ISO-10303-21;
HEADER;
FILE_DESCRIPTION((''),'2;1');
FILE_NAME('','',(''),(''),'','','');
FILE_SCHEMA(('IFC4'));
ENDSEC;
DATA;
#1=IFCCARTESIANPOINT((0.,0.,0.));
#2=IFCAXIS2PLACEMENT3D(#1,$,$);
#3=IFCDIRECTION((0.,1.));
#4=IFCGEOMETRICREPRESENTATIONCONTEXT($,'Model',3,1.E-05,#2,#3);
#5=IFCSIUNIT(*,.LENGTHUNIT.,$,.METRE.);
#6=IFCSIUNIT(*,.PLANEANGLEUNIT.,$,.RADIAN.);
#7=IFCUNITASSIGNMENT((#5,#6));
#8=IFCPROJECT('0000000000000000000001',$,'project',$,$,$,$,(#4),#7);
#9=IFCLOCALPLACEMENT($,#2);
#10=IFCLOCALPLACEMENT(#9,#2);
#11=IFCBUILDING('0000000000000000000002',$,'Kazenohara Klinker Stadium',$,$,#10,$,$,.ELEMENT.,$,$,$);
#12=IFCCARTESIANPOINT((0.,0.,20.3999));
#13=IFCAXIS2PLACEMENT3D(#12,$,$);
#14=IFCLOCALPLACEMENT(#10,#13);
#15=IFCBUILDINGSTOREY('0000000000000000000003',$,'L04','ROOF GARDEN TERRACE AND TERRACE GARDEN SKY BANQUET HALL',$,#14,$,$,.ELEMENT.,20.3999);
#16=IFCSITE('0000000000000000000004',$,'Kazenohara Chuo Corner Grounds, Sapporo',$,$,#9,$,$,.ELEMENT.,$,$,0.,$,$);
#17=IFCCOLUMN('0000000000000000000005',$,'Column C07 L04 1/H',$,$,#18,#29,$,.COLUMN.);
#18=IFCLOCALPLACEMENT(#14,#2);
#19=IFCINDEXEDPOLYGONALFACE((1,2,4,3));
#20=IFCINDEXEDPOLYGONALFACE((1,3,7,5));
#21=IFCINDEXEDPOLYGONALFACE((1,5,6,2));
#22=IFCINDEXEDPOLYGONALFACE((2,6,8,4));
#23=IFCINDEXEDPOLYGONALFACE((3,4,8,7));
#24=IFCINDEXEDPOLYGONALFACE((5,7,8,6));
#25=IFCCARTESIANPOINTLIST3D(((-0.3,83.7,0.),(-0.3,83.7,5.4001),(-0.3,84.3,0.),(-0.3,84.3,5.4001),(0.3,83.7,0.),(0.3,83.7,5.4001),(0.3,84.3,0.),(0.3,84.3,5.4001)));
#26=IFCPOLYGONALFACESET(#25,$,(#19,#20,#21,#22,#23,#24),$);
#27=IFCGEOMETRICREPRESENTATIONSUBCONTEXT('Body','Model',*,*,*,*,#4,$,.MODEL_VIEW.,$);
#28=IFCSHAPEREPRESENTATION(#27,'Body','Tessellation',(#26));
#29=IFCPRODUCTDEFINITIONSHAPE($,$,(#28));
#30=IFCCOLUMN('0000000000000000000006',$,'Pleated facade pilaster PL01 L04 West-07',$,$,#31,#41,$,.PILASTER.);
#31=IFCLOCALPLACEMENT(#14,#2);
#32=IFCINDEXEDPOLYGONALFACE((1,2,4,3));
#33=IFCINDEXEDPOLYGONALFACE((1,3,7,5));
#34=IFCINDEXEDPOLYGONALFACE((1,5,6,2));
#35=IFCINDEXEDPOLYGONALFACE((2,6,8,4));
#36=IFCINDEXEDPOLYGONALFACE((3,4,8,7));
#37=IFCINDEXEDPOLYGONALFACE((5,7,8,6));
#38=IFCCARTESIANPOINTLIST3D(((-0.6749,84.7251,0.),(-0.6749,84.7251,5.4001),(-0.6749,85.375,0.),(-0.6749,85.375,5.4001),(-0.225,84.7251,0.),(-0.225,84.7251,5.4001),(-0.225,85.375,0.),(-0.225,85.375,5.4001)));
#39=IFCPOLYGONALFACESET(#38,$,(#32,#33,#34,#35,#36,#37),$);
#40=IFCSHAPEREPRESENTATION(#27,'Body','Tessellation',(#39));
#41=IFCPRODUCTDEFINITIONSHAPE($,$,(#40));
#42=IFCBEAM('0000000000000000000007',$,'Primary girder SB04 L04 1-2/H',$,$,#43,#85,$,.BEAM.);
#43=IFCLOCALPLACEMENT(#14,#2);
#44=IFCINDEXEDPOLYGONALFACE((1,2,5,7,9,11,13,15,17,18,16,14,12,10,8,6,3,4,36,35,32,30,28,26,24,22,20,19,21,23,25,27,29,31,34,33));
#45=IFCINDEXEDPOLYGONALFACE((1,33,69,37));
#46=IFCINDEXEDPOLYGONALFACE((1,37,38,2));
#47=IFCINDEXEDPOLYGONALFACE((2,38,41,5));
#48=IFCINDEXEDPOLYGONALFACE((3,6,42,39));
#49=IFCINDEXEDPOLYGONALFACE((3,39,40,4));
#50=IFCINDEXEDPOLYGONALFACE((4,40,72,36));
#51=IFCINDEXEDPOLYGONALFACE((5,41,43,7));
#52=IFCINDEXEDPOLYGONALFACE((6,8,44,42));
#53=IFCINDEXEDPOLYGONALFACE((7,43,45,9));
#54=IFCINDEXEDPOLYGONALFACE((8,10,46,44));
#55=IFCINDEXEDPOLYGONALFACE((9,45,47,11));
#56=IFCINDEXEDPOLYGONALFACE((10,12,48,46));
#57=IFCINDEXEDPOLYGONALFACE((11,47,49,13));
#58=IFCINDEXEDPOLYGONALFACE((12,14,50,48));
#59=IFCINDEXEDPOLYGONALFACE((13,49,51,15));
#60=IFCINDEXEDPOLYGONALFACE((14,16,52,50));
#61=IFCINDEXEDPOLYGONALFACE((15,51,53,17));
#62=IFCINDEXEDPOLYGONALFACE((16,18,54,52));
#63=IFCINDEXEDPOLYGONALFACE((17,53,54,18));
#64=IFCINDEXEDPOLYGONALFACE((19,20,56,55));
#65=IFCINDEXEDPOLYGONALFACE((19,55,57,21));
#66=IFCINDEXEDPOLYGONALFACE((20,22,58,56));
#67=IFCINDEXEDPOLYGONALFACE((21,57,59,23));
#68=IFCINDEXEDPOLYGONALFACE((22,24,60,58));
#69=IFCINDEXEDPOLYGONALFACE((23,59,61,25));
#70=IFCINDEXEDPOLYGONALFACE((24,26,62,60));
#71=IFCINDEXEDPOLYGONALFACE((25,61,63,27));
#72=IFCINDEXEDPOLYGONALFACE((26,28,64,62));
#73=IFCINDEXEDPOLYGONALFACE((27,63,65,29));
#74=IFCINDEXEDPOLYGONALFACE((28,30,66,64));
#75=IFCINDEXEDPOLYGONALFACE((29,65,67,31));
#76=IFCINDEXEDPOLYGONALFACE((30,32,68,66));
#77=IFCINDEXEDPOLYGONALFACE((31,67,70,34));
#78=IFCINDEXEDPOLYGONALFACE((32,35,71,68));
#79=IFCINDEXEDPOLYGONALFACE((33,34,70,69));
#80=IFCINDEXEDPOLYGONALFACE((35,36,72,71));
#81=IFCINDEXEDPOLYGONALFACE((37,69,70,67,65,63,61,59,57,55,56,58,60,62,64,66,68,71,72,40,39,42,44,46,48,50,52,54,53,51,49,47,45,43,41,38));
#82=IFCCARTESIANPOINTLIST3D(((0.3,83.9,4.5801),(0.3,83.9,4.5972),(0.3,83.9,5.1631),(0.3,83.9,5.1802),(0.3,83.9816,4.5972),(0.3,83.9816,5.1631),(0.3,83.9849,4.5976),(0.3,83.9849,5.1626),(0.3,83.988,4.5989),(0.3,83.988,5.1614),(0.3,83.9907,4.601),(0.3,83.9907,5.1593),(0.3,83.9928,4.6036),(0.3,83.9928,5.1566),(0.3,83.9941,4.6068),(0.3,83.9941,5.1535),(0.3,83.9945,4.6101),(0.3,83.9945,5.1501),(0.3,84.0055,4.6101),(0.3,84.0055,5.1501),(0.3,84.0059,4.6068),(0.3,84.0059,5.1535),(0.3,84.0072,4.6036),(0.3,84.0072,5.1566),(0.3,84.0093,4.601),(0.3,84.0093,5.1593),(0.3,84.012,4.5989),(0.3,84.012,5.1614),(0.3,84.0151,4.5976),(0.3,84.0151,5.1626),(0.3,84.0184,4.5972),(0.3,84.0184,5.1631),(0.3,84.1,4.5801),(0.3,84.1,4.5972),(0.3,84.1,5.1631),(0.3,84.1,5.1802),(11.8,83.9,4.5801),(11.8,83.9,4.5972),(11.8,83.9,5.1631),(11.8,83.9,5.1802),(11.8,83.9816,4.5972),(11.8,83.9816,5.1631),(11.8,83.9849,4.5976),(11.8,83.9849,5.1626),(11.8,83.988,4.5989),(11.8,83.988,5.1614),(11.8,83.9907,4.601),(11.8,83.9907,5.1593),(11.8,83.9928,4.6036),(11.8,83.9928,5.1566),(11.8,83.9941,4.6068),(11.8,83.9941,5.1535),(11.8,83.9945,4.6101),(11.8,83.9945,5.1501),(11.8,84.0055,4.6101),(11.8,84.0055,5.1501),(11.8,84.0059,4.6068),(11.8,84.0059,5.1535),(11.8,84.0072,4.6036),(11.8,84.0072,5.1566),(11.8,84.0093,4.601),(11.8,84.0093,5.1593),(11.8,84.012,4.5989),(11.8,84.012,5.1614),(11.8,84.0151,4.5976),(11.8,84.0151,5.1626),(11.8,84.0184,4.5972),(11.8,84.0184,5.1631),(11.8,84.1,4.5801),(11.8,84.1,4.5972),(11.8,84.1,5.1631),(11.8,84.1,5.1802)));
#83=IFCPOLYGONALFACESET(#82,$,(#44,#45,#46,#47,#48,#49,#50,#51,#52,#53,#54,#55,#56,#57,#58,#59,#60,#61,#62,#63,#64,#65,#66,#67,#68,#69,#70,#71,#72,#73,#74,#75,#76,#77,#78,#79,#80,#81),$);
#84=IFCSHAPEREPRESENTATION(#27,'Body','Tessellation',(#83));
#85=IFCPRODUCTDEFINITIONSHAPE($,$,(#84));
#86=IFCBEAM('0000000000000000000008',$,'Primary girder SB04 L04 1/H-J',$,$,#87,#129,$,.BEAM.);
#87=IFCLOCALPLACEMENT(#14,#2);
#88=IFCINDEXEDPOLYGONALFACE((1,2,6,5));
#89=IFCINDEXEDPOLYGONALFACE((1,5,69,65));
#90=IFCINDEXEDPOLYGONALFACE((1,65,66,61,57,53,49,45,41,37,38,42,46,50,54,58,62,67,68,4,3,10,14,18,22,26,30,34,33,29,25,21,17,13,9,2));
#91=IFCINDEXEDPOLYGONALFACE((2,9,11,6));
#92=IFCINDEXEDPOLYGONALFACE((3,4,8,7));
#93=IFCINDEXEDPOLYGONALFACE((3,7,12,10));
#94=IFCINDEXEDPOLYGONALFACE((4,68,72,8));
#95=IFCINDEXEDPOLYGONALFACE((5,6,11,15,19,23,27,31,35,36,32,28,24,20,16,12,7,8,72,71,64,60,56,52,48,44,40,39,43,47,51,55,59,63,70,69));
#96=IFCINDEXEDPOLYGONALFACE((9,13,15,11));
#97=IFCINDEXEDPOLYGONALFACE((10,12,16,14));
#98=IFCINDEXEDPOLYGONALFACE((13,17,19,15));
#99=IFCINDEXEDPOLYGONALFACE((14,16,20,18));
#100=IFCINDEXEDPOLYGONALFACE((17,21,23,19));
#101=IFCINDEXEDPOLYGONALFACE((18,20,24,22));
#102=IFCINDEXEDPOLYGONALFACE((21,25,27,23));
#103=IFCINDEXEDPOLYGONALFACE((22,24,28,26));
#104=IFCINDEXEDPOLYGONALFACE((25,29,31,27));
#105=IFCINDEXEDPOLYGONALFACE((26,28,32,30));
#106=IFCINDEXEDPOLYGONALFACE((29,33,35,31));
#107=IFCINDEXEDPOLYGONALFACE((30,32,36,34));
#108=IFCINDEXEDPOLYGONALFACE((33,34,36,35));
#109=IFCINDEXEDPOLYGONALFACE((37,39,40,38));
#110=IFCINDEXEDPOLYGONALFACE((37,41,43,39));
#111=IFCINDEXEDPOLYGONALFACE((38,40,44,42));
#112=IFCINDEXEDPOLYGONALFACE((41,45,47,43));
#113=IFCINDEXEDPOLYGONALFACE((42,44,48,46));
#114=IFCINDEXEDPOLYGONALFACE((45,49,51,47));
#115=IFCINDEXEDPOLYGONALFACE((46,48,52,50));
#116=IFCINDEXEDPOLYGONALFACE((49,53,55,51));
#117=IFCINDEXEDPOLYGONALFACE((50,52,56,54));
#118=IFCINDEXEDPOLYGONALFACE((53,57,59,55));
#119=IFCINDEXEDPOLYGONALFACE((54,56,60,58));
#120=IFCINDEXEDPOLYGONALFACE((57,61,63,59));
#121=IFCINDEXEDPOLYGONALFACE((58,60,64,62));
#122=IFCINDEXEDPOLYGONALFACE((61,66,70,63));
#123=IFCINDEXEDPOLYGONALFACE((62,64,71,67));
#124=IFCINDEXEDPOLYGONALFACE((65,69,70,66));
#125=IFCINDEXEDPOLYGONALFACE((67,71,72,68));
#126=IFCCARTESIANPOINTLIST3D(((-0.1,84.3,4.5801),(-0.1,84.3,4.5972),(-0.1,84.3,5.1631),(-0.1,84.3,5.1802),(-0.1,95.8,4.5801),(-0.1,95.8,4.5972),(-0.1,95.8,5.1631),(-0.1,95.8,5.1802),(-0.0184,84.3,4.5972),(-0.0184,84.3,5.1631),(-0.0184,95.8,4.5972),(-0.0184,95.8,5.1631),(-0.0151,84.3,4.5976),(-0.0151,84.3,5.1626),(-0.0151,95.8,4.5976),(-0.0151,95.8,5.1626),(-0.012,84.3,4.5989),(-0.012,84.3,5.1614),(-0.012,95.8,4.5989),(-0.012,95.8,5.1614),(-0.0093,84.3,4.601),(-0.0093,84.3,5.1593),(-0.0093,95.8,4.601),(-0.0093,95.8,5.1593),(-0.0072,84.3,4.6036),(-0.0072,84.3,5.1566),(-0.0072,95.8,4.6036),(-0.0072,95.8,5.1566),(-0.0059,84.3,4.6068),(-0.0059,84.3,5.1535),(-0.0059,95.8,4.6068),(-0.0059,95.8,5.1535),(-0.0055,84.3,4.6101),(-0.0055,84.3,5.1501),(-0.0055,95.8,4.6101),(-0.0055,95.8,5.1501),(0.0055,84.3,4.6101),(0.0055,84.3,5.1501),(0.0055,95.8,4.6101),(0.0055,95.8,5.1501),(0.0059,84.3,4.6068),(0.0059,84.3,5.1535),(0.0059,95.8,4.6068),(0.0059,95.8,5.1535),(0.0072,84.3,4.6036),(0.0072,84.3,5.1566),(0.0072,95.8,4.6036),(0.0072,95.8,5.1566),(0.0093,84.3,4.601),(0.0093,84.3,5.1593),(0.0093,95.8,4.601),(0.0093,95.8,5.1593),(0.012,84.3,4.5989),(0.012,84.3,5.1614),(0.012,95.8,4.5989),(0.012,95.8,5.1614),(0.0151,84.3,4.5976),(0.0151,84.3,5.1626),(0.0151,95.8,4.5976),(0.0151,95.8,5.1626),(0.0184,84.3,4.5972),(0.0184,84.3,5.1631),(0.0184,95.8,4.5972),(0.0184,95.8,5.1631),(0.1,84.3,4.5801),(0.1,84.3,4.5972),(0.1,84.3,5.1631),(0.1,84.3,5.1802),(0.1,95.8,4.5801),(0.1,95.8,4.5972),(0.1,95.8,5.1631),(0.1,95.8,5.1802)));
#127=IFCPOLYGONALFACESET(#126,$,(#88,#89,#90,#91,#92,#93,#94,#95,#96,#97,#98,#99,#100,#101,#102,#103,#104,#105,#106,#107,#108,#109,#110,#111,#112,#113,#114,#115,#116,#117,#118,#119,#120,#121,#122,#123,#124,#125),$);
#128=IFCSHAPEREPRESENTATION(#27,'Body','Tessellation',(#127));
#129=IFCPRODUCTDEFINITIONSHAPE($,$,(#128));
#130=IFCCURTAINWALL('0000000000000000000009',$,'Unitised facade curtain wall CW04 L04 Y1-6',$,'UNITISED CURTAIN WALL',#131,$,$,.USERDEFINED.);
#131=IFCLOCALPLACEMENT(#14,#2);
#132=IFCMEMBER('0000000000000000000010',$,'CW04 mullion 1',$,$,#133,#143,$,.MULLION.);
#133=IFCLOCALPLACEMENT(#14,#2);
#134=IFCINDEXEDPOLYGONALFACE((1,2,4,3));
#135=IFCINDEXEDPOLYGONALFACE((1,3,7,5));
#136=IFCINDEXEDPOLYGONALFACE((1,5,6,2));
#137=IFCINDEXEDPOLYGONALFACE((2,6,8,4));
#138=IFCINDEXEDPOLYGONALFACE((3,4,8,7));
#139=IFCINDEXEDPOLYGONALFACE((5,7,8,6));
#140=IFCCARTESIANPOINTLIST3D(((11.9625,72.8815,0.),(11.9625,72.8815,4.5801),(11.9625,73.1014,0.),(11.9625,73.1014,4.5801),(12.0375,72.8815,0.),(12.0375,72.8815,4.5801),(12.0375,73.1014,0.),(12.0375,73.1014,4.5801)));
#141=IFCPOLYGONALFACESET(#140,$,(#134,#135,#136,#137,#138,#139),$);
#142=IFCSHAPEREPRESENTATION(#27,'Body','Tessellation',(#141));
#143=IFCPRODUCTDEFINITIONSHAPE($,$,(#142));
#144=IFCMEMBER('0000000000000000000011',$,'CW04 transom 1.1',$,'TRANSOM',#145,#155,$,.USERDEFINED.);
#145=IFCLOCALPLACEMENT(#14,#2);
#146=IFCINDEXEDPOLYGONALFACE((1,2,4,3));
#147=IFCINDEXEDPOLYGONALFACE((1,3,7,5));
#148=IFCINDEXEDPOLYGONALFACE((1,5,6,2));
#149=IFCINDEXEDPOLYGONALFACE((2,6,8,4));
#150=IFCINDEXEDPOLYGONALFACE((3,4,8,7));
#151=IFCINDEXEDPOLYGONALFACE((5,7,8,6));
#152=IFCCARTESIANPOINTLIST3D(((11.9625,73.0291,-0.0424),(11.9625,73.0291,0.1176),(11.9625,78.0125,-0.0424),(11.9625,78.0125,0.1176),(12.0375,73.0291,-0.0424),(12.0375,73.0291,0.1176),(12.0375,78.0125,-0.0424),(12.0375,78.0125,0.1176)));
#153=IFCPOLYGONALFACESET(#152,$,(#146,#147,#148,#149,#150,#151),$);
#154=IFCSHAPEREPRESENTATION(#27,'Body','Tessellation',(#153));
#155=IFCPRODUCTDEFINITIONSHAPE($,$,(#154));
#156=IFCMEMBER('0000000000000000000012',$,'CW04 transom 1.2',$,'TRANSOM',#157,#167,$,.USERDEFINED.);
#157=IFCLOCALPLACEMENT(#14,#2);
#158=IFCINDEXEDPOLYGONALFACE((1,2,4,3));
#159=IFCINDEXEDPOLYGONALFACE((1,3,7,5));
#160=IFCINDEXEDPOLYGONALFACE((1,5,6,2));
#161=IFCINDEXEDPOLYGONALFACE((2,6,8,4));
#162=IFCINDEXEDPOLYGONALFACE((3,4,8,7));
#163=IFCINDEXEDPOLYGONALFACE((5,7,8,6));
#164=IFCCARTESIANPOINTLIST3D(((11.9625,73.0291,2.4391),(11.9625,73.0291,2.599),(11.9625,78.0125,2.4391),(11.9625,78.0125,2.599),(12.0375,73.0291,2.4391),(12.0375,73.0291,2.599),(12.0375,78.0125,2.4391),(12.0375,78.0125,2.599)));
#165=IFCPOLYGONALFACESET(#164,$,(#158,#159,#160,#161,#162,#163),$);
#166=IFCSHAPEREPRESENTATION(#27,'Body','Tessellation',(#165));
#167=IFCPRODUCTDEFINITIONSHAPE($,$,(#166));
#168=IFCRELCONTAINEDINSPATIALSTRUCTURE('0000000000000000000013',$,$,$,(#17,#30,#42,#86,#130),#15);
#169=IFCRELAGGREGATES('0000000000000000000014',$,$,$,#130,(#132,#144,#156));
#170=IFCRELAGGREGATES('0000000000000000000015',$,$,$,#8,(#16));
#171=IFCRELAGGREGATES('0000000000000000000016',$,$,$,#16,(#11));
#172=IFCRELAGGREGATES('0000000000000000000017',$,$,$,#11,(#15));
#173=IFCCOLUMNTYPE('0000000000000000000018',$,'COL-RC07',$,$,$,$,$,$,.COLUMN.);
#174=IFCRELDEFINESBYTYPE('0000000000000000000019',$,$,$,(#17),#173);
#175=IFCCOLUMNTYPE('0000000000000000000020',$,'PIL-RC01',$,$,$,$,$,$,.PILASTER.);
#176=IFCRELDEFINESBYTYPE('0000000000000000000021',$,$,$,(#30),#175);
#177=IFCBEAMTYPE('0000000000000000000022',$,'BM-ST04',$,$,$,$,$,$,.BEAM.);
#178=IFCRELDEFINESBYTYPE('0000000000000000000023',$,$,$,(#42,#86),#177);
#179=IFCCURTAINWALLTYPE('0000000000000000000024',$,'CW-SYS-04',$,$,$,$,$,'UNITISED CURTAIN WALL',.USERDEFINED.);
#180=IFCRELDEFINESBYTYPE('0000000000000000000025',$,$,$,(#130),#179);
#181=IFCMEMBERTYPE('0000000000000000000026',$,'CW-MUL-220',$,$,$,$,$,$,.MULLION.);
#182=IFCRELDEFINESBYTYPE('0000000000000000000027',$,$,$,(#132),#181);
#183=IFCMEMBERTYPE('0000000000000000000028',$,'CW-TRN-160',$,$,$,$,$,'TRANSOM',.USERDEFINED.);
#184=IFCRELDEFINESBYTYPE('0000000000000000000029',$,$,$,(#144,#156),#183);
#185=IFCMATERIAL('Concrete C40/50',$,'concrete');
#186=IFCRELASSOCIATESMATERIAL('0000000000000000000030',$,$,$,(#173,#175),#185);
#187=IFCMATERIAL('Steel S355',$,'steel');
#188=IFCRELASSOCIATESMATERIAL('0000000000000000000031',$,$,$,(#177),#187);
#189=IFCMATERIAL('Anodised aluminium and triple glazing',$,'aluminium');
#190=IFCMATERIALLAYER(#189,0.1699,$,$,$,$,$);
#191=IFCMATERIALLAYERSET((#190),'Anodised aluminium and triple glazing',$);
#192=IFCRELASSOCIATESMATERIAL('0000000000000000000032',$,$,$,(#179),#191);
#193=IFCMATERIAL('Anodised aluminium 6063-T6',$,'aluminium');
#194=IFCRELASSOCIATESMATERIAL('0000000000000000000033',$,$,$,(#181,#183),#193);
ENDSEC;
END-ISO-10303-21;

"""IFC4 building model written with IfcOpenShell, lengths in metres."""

from ifc_helpers import new_model, si_unit, direction, frame, origin, origin_2d, place, context, subcontext, project, spatial, rectangle, i_section, extrude, material, layer, layer_set, material_profile, profile_set, type_object, element, aggregate, save


model = new_model("IFC4")

# Units and contexts
model_context = context("Model", 3, precision=1e-05, world=origin(), true_north=direction((0.0, 1.0)))
body_context = subcontext(model_context, "Body", "Model", "MODEL_VIEW")
ifc_project = project(units=[si_unit("LENGTHUNIT", "METRE"), si_unit("PLANEANGLEUNIT", "RADIAN")], contexts=[model_context])

# Site, building, storey
site_placement = place(None, origin())
site = spatial("IfcSite", under=ifc_project, at=site_placement, Name="Kazenohara Chuo Corner Grounds, Sapporo", CompositionType="ELEMENT", RefElevation=0.0)
building_placement = place(site_placement, origin())
building = spatial("IfcBuilding", under=site, at=building_placement, Name="Kazenohara Klinker Stadium", CompositionType="ELEMENT")
storey_placement = place(building_placement, frame((0.0, 0.0, 20.3999)))
storey = spatial("IfcBuildingStorey", under=building, at=storey_placement, Name="L04", Description="ROOF GARDEN TERRACE AND TERRACE GARDEN SKY BANQUET HALL", CompositionType="ELEMENT", Elevation=20.3999)

# Columns
ifc_material_1 = material(Name="Concrete C40/50", Category="concrete")
ifc_material_profile_1 = material_profile(ifc_material_1, rectangle(XDim=0.6001, YDim=0.6001, at=origin_2d()), Name="RC-COL-600x600")
ifc_profile_set_1 = profile_set([ifc_material_profile_1], Name="Concrete C40/50")
column_type_1 = type_object("IfcColumnType", Name="COL-RC07", PredefinedType="COLUMN", material=ifc_profile_set_1)
column_1_placement = place(storey_placement, frame((0.0, 84.0, 0.0), z_axis=(0.0, 0.0, 1.0), x_axis=(1.0, 0.0, 0.0)))
element("IfcColumn", 1, at=column_1_placement, inside=storey, type_object=column_type_1, Name="Column C07 L04 1/H", PredefinedType="COLUMN", context=body_context, shape_type="SweptSolid", body=[
    extrude(rectangle(XDim=0.6001, YDim=0.6001, at=origin_2d()), origin(), (0.0, 0.0, 1.0), 5.4001),
])
ifc_material_profile_2 = material_profile(ifc_material_1, rectangle(XDim=0.45, YDim=0.6499, at=origin_2d()), Name="RC-PILASTER-450x650")
ifc_profile_set_2 = profile_set([ifc_material_profile_2], Name="Concrete C40/50")
column_type_2 = type_object("IfcColumnType", Name="PIL-RC01", PredefinedType="PILASTER", material=ifc_profile_set_2)
column_2_placement = place(storey_placement, frame((-0.45, 85.05, 0.0), z_axis=(0.0, 0.0, 1.0), x_axis=(1.0, 0.0, 0.0)))
element("IfcColumn", 2, at=column_2_placement, inside=storey, type_object=column_type_2, Name="Pleated facade pilaster PL01 L04 West-07", PredefinedType="PILASTER", context=body_context, shape_type="SweptSolid", body=[
    extrude(rectangle(XDim=0.45, YDim=0.6499, at=origin_2d()), origin(), (0.0, 0.0, 1.0), 5.4001),
])

# Beams
ifc_material_2 = material(Name="Steel S355", Category="steel")
ifc_material_profile_3 = material_profile(ifc_material_2, i_section(OverallWidth=0.2, OverallDepth=0.6001, WebThickness=0.011, FlangeThickness=0.0171, FilletRadius=0.0129, at=origin_2d()), Name="H-600x200x11x17")
ifc_profile_set_3 = profile_set([ifc_material_profile_3], Name="Steel S355")
beam_type = type_object("IfcBeamType", Name="BM-ST04", PredefinedType="BEAM", material=ifc_profile_set_3)
for number, where, z_axis, x_axis, name in (
    (3, (0.3, 84.0, 4.8801), (1.0, 0.0, 0.0), (0.0, 1.0, 0.0), "Primary girder SB04 L04 1-2/H"),
    (4, (0.0, 84.3, 4.8801), (0.0, 1.0, 0.0), (-1.0, 0.0, 0.0), "Primary girder SB04 L04 1/H-J"),
):
    element("IfcBeam", number, at=place(storey_placement, frame(where, z_axis=z_axis, x_axis=x_axis)), inside=storey, type_object=beam_type, Name=name, PredefinedType="BEAM", context=body_context, shape_type="SweptSolid", body=[
        extrude(i_section(OverallWidth=0.2, OverallDepth=0.6001, WebThickness=0.011, FlangeThickness=0.0171, FilletRadius=0.0129, at=origin_2d()), origin(), (0.0, 0.0, 1.0), 11.5),
    ])

# Curtain wall, members
ifc_material_3 = material(Name="Anodised aluminium and triple glazing", Category="aluminium")
ifc_layer_1 = layer(ifc_material_3, 0.1699)
ifc_layer_set_1 = layer_set([ifc_layer_1], Name="Anodised aluminium and triple glazing")
curtain_wall_type = type_object("IfcCurtainWallType", Name="CW-SYS-04", ElementType="UNITISED CURTAIN WALL", PredefinedType="USERDEFINED", material=ifc_layer_set_1)
curtain_wall_placement = place(storey_placement, origin())
curtain_wall = element("IfcCurtainWall", 5, at=curtain_wall_placement, inside=storey, type_object=curtain_wall_type, Name="Unitised facade curtain wall CW04 L04 Y1-6", ObjectType="UNITISED CURTAIN WALL", PredefinedType="USERDEFINED")
ifc_material_4 = material(Name="Anodised aluminium 6063-T6", Category="aluminium")
ifc_material_profile_4 = material_profile(ifc_material_4, rectangle(XDim=0.075, YDim=0.22, at=origin_2d()), Name="ALU-MUL-75x220")
ifc_profile_set_4 = profile_set([ifc_material_profile_4], Name="Anodised aluminium 6063-T6")
member_type_1 = type_object("IfcMemberType", Name="CW-MUL-220", PredefinedType="MULLION", material=ifc_profile_set_4)
member_1_placement = place(storey_placement, frame((12.0, 72.9915, 0.0), z_axis=(0.0, 0.0, 1.0), x_axis=(-1.0, 0.0, 0.0)))
member_1 = element("IfcMember", 6, at=member_1_placement, type_object=member_type_1, Name="CW04 mullion 1", PredefinedType="MULLION", context=body_context, shape_type="SweptSolid", body=[
    extrude(rectangle(XDim=0.075, YDim=0.22, at=origin_2d()), origin(), (0.0, 0.0, 1.0), 4.5801),
])
ifc_material_profile_5 = material_profile(ifc_material_4, rectangle(XDim=0.075, YDim=0.1599, at=origin_2d()), Name="ALU-TRN-75x160")
ifc_profile_set_5 = profile_set([ifc_material_profile_5], Name="Anodised aluminium 6063-T6")
member_type_2 = type_object("IfcMemberType", Name="CW-TRN-160", ElementType="TRANSOM", PredefinedType="USERDEFINED", material=ifc_profile_set_5)
member_2_placement = place(storey_placement, frame((12.0, 73.0291, 0.0376), z_axis=(0.0, 1.0, 0.0), x_axis=(-1.0, 0.0, 0.0)))
member_2 = element("IfcMember", 7, at=member_2_placement, type_object=member_type_2, Name="CW04 transom 1.1", ObjectType="TRANSOM", PredefinedType="USERDEFINED", context=body_context, shape_type="SweptSolid", body=[
    extrude(rectangle(XDim=0.075, YDim=0.1599, at=origin_2d()), origin(), (0.0, 0.0, 1.0), 4.9834),
])
member_3_placement = place(storey_placement, frame((12.0, 73.0291, 2.519), z_axis=(0.0, 1.0, 0.0), x_axis=(-1.0, 0.0, 0.0)))
member_3 = element("IfcMember", 8, at=member_3_placement, type_object=member_type_2, Name="CW04 transom 1.2", ObjectType="TRANSOM", PredefinedType="USERDEFINED", context=body_context, shape_type="SweptSolid", body=[
    extrude(rectangle(XDim=0.075, YDim=0.1599, at=origin_2d()), origin(), (0.0, 0.0, 1.0), 4.9834),
])
aggregate(curtain_wall, [member_1, member_2, member_3])

save(model, "model.ifc")
